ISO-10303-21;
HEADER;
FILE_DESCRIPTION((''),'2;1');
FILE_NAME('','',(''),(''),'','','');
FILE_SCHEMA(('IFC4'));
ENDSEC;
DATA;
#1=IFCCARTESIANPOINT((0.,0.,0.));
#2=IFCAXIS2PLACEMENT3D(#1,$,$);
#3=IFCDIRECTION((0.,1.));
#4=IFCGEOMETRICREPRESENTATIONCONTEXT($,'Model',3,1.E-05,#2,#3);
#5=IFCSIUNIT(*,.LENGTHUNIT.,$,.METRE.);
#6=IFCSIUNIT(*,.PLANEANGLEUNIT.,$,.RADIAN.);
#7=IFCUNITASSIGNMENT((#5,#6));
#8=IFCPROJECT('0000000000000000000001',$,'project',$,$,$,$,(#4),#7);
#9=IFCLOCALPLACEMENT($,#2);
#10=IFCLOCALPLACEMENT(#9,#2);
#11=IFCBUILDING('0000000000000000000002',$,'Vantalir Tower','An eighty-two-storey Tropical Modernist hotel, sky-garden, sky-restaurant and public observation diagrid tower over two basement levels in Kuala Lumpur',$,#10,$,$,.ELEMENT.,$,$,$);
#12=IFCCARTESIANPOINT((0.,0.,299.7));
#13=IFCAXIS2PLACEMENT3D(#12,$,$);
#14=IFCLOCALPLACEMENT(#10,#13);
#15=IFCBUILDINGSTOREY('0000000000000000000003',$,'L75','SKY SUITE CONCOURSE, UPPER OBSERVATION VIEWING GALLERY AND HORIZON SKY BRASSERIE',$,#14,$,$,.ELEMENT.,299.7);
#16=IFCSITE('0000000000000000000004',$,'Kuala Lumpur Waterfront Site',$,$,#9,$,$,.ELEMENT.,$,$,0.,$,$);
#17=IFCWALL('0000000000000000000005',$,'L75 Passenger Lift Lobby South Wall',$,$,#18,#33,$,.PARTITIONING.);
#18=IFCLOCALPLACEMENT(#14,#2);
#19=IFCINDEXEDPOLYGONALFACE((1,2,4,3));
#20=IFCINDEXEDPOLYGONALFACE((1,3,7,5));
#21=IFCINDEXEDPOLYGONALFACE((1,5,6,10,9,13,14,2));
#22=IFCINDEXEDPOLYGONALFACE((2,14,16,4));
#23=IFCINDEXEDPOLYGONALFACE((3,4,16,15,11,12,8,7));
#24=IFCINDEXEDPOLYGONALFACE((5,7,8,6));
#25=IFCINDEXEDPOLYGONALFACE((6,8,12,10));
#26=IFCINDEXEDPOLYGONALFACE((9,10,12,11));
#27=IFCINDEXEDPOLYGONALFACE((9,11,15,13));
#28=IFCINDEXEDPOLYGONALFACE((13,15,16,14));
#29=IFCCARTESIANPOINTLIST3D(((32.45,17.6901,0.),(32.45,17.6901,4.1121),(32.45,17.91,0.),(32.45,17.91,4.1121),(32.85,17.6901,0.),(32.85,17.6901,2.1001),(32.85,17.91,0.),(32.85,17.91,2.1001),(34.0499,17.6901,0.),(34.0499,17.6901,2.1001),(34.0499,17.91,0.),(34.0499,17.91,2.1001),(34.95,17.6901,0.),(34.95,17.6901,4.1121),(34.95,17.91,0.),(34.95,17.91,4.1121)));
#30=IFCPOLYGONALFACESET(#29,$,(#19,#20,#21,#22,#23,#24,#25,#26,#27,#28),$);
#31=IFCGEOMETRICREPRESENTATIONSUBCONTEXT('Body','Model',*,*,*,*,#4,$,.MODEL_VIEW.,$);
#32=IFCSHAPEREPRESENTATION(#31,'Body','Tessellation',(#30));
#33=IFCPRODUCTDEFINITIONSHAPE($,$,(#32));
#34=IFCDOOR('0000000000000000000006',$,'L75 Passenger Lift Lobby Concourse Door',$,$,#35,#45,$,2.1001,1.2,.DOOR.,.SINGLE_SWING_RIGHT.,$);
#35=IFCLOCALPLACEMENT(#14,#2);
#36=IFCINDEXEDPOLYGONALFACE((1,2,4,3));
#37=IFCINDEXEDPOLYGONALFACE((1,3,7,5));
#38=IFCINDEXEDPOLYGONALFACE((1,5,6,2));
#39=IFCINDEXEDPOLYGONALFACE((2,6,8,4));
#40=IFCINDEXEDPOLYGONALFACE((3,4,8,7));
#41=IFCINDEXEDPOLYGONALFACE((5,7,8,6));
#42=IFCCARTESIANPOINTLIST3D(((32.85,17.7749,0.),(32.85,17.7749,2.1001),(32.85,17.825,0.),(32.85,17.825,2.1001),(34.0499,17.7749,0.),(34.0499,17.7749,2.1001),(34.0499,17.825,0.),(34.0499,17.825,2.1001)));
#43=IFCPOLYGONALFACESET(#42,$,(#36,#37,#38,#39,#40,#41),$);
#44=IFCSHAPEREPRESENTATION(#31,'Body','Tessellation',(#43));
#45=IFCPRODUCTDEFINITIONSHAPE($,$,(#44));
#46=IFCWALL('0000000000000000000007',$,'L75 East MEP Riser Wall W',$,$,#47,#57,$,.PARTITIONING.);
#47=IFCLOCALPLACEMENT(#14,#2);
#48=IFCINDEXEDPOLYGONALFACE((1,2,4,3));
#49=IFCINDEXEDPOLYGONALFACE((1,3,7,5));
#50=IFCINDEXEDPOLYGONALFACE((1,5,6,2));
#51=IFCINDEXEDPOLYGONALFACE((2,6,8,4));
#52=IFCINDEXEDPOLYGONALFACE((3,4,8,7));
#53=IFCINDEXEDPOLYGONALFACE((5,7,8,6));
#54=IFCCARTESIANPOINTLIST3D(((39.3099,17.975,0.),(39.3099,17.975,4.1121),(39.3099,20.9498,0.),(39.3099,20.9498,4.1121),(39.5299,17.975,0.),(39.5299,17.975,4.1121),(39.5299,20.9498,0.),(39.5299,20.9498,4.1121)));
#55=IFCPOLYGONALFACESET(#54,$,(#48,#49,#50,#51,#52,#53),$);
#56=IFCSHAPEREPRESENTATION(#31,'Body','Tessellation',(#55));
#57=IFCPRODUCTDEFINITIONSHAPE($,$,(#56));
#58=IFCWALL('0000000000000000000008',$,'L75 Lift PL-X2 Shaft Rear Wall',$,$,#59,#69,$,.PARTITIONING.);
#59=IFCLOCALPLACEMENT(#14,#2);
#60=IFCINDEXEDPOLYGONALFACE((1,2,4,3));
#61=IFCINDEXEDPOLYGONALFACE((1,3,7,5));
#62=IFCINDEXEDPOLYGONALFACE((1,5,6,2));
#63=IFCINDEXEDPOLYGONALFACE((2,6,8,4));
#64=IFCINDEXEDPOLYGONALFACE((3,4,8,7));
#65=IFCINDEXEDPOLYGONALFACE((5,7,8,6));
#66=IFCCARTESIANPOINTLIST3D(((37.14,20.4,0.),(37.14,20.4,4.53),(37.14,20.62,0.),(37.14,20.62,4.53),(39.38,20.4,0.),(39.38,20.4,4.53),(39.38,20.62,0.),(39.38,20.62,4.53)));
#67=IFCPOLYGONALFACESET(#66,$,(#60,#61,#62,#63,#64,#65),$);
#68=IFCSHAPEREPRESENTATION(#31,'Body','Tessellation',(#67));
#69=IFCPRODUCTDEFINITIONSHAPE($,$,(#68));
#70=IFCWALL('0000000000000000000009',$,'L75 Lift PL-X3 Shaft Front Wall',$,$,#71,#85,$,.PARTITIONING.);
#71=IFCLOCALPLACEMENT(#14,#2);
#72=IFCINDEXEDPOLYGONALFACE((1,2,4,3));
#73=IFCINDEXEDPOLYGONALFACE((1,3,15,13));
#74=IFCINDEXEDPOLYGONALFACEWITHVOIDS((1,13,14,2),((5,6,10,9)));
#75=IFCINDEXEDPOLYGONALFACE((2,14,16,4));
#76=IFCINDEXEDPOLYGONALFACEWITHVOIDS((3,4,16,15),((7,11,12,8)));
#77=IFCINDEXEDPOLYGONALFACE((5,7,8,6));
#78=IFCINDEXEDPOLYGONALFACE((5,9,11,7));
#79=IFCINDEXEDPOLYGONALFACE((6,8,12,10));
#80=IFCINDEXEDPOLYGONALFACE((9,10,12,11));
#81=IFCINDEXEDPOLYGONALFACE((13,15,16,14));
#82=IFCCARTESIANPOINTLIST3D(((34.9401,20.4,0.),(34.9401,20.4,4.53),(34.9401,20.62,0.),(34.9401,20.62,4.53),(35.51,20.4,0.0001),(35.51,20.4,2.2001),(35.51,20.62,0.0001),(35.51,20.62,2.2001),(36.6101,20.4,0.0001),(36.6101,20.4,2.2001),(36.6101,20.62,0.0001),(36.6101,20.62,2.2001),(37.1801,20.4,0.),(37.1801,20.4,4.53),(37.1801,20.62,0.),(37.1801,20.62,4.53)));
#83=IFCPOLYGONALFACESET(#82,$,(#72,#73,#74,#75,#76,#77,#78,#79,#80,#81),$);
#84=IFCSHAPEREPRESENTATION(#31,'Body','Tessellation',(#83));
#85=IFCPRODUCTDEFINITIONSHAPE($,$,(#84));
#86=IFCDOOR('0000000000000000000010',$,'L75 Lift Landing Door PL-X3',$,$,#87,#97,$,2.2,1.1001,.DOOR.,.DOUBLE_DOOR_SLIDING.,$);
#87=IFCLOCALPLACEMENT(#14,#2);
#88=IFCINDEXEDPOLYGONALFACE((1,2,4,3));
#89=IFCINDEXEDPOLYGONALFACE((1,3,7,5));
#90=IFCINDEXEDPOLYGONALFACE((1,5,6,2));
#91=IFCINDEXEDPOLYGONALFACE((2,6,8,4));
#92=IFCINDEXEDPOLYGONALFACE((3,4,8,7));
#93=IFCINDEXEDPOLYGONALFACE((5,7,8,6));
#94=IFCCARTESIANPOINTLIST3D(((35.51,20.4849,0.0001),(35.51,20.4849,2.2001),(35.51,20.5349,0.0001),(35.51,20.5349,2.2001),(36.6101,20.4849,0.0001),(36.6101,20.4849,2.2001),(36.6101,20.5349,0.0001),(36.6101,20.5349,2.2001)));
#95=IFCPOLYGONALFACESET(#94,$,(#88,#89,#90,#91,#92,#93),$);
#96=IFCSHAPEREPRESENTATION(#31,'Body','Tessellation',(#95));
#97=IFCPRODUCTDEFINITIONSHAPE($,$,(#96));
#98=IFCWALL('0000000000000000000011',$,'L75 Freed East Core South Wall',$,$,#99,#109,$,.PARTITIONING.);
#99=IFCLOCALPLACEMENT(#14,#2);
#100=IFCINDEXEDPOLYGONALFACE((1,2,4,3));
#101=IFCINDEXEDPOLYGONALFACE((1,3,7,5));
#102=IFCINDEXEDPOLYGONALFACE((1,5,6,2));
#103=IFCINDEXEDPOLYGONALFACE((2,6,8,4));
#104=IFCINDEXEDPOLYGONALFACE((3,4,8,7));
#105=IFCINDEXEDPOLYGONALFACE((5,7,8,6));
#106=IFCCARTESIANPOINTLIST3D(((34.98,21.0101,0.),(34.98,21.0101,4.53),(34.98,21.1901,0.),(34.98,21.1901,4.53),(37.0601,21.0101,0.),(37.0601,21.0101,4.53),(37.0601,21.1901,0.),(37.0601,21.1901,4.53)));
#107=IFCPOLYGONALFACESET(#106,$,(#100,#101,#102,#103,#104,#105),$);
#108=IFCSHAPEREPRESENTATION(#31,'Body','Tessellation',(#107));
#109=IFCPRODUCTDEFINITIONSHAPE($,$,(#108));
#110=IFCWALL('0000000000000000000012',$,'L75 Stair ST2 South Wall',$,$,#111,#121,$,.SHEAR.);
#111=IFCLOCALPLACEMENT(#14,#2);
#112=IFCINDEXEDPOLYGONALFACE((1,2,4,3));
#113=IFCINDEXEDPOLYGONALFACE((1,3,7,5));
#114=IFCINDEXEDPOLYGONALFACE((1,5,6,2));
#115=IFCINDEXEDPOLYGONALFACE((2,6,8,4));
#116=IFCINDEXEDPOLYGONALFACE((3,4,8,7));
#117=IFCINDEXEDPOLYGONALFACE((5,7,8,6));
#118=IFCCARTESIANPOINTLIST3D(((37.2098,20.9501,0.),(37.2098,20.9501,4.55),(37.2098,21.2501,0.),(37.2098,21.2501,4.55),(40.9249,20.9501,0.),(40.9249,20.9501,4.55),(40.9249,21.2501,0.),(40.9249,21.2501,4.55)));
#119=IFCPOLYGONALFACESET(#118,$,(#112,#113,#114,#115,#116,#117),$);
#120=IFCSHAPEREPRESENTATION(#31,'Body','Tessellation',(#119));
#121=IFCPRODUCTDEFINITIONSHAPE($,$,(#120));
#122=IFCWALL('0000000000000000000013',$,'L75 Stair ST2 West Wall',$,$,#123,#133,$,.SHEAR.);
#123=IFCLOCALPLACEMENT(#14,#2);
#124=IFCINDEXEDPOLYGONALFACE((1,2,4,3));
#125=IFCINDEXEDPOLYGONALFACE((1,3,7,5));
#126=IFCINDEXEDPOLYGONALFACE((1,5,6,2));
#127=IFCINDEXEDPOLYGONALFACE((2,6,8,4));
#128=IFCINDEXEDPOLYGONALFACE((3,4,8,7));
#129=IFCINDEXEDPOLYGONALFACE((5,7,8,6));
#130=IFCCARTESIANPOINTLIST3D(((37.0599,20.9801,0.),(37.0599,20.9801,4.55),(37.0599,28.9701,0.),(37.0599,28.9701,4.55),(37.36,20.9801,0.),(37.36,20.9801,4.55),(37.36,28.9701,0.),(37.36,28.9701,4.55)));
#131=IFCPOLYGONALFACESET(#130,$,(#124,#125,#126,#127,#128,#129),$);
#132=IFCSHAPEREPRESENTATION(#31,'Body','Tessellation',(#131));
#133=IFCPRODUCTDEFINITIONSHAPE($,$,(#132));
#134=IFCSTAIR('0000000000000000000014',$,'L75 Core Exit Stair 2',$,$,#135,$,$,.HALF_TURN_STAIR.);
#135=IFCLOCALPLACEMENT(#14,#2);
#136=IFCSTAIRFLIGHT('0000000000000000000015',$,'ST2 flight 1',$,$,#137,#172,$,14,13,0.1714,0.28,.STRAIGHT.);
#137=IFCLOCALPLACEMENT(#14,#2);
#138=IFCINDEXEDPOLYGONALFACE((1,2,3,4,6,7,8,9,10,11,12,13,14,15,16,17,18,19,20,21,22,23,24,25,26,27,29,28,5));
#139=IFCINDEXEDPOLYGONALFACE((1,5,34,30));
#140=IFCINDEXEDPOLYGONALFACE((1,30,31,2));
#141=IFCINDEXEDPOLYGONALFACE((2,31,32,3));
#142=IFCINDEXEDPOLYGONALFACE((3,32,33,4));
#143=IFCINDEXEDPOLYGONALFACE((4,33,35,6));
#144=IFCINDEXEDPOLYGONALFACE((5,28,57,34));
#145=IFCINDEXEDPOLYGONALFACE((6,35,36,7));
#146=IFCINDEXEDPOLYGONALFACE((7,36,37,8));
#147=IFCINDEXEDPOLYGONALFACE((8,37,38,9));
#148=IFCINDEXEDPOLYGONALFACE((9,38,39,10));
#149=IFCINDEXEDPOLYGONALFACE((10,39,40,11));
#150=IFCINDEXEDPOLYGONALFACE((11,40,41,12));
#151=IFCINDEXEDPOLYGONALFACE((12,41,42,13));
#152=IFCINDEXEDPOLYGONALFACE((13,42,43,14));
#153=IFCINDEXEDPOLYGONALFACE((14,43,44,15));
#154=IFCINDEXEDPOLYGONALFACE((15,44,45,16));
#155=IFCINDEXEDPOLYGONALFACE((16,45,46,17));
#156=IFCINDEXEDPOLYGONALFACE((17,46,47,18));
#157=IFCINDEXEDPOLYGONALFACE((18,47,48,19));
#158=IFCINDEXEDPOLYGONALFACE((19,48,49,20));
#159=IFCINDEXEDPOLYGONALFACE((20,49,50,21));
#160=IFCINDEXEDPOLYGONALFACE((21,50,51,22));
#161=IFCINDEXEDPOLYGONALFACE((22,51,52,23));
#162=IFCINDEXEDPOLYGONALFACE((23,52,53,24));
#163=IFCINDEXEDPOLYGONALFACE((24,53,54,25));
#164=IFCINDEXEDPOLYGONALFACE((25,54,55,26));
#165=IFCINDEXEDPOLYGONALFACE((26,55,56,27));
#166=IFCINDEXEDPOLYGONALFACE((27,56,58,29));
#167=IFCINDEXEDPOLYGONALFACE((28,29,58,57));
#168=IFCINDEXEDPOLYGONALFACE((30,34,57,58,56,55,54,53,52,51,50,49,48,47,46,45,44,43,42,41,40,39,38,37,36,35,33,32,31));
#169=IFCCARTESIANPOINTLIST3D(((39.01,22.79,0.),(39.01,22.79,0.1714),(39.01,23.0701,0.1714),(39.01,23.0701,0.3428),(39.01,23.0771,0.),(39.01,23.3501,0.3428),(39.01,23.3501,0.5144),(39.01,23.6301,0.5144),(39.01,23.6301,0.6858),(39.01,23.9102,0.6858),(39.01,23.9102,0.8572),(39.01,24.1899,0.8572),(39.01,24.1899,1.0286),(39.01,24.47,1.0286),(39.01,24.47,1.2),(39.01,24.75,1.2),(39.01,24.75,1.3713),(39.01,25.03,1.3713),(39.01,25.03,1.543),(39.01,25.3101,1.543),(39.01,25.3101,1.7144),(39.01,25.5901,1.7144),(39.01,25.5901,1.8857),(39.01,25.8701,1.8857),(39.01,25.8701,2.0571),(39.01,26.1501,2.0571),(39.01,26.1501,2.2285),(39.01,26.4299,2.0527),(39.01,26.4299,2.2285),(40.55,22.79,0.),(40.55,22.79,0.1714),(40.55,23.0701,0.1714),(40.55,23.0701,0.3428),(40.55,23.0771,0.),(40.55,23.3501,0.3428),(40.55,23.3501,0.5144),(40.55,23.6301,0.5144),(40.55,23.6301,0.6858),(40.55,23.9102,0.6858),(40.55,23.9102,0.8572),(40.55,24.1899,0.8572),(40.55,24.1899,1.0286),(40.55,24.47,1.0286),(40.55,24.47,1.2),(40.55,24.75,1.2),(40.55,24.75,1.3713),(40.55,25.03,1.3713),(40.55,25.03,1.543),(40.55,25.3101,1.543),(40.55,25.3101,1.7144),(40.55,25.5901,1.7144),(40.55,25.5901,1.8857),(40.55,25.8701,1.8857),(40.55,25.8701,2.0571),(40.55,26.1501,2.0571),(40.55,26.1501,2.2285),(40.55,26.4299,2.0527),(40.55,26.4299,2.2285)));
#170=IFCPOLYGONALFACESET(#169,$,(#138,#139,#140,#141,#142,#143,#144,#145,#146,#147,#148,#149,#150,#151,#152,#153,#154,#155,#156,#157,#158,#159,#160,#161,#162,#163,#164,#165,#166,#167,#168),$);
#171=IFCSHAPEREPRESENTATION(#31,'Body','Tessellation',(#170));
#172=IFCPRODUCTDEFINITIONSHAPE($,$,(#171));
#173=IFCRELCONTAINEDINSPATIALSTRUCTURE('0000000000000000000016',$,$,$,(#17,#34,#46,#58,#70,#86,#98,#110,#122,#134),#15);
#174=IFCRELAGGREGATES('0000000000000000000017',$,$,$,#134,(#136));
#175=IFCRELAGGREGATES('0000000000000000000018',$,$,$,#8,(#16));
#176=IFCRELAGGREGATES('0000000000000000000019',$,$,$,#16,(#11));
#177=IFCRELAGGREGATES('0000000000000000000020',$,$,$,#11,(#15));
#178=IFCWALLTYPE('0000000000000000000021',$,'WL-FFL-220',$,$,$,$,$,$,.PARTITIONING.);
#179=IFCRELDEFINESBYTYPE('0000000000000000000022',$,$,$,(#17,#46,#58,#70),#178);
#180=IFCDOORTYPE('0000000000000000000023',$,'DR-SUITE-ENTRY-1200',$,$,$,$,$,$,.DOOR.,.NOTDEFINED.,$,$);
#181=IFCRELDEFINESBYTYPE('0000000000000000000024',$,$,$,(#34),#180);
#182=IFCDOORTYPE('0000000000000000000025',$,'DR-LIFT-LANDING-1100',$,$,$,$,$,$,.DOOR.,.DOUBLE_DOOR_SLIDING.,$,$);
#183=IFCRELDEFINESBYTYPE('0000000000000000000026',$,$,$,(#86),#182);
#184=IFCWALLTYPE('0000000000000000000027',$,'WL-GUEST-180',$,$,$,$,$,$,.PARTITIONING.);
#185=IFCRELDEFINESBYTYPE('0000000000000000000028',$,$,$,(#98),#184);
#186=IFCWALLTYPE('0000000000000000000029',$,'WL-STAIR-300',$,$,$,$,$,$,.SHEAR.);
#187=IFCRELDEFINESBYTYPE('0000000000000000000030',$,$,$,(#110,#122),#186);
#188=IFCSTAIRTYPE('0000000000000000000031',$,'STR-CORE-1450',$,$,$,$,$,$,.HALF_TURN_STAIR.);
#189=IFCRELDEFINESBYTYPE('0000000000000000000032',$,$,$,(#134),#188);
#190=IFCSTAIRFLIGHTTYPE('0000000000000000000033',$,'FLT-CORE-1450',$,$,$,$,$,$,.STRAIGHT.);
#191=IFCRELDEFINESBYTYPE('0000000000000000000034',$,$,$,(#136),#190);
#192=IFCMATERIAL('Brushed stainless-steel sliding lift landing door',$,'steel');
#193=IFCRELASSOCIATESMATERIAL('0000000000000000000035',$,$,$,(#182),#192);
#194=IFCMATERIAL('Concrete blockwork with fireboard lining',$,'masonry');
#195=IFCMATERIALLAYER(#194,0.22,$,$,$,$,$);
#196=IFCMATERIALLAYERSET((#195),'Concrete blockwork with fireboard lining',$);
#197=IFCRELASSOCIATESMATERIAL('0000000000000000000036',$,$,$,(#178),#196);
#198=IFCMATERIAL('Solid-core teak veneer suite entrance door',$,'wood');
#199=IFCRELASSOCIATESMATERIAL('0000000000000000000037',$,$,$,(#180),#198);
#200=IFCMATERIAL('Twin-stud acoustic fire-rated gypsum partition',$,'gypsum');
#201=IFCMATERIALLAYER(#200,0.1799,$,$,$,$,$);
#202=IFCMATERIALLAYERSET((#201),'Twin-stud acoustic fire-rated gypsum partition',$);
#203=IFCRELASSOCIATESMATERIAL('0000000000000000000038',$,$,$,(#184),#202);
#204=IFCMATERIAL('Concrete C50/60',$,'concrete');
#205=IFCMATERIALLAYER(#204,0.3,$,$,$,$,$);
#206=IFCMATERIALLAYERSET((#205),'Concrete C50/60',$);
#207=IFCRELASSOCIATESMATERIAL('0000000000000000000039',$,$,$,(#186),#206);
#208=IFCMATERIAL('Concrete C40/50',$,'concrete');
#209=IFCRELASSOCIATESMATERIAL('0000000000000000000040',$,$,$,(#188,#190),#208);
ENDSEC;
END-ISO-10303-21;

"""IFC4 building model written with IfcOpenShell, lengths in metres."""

from ifc_helpers import new_model, si_unit, direction, frame, frame_2d, origin, place, context, subcontext, project, spatial, polyline, rectangle, outline, extrude, material, layer, layer_set, type_object, element, fill, aggregate, save


model = new_model("IFC4")

# Units and contexts
model_context = context("Model", 3, precision=1e-05, world=origin(), true_north=direction((0.0, 1.0)))
body_context = subcontext(model_context, "Body", "Model", "MODEL_VIEW")
ifc_project = project(units=[si_unit("LENGTHUNIT", "METRE"), si_unit("PLANEANGLEUNIT", "RADIAN")], contexts=[model_context])

# Site, building, storey
site_placement = place(None, origin())
site = spatial("IfcSite", under=ifc_project, at=site_placement, Name="Kuala Lumpur Waterfront Site", CompositionType="ELEMENT", RefElevation=0.0)
building_placement = place(site_placement, origin())
building = spatial("IfcBuilding", under=site, at=building_placement, Name="Vantalir Tower", Description="An eighty-two-storey Tropical Modernist hotel, sky-garden, sky-restaurant and public observation diagrid tower over two basement levels in Kuala Lumpur", CompositionType="ELEMENT")
storey_placement = place(building_placement, frame((0.0, 0.0, 299.7)))
storey = spatial("IfcBuildingStorey", under=building, at=storey_placement, Name="L75", Description="SKY SUITE CONCOURSE, UPPER OBSERVATION VIEWING GALLERY AND HORIZON SKY BRASSERIE", CompositionType="ELEMENT", Elevation=299.7)

# Shared definitions
ifc_material_1 = material(Name="Concrete C50/60", Category="concrete")

# Shared definitions
ifc_material_2 = material(Name="Brushed stainless-steel sliding lift landing door", Category="steel")
door_type_1 = type_object("IfcDoorType", Name="DR-LIFT-LANDING-1100", OperationType="DOUBLE_DOOR_SLIDING", PredefinedType="DOOR", material=ifc_material_2)

# Shared definitions
ifc_material_3 = material(Name="Concrete blockwork with fireboard lining", Category="masonry")
ifc_layer_1 = layer(ifc_material_3, 0.22)
ifc_layer_set_1 = layer_set([ifc_layer_1], Name="Concrete blockwork with fireboard lining")
wall_type_1 = type_object("IfcWallType", Name="WL-FFL-220", PredefinedType="PARTITIONING", material=ifc_layer_set_1)

# Wall, opening, door
wall_1_placement = place(storey_placement, frame((32.45, 17.8, 0.0), z_axis=(0.0, 0.0, 1.0), x_axis=(1.0, 0.0, 0.0)))
wall_1 = element("IfcWall", 1, at=wall_1_placement, inside=storey, type_object=wall_type_1, Name="L75 Passenger Lift Lobby South Wall", PredefinedType="PARTITIONING", context=body_context, shape_type="SweptSolid", body=[
    extrude(rectangle(XDim=2.5, YDim=0.22, at=frame_2d((1.25, 0.0))), origin(), (0.0, 0.0, 1.0), 4.1121),
])
opening_1_placement = place(wall_1_placement, frame((0.3999, 0.0, 0.0)))
opening_1 = element("IfcOpeningElement", 2, at=opening_1_placement, cuts=wall_1, PredefinedType="OPENING", context=body_context, shape_type="SweptSolid", body=[
    extrude(rectangle(XDim=1.2, YDim=2.1001, at=frame_2d((0.6001, 1.05))), frame((0.0, 0.1199, 0.0), z_axis=(0.0, -1.0, 0.0), x_axis=(1.0, 0.0, 0.0)), (0.0, 0.0, 1.0), 0.24),
])
ifc_material_4 = material(Name="Solid-core teak veneer suite entrance door", Category="wood")
door_type_2 = type_object("IfcDoorType", Name="DR-SUITE-ENTRY-1200", OperationType="NOTDEFINED", PredefinedType="DOOR", material=ifc_material_4)
door_1_placement = place(opening_1_placement, origin())
door_1 = element("IfcDoor", 3, at=door_1_placement, inside=storey, type_object=door_type_2, Name="L75 Passenger Lift Lobby Concourse Door", OperationType="SINGLE_SWING_RIGHT", OverallHeight=2.1001, OverallWidth=1.2, PredefinedType="DOOR", context=body_context, shape_type="SweptSolid", body=[
    extrude(rectangle(XDim=1.2, YDim=2.1001, at=frame_2d((0.6001, 1.05))), frame((0.0, 0.0249, 0.0), z_axis=(0.0, -1.0, 0.0), x_axis=(1.0, 0.0, 0.0)), (0.0, 0.0, 1.0), 0.05),
])
fill(opening_1, door_1)

# Walls
wall_2_placement = place(storey_placement, frame((39.4199, 17.9751, 0.0), z_axis=(0.0, 0.0, 1.0), x_axis=(0.0, 1.0, 0.0)))
element("IfcWall", 4, at=wall_2_placement, inside=storey, type_object=wall_type_1, Name="L75 East MEP Riser Wall W", PredefinedType="PARTITIONING", context=body_context, shape_type="SweptSolid", body=[
    extrude(rectangle(XDim=2.9749, YDim=0.22, at=frame_2d((1.4873, 0.0))), origin(), (0.0, 0.0, 1.0), 4.1121),
])
wall_3_placement = place(storey_placement, frame((37.1399, 20.51, 0.0), z_axis=(0.0, 0.0, 1.0), x_axis=(1.0, 0.0, 0.0)))
element("IfcWall", 5, at=wall_3_placement, inside=storey, type_object=wall_type_1, Name="L75 Lift PL-X2 Shaft Rear Wall", PredefinedType="PARTITIONING", context=body_context, shape_type="SweptSolid", body=[
    extrude(rectangle(XDim=2.24, YDim=0.22, at=frame_2d((1.1201, 0.0))), origin(), (0.0, 0.0, 1.0), 4.53),
])

# Wall, opening, door
wall_4_placement = place(storey_placement, frame((34.9399, 20.51, 0.0), z_axis=(0.0, 0.0, 1.0), x_axis=(1.0, 0.0, 0.0)))
wall_4 = element("IfcWall", 6, at=wall_4_placement, inside=storey, type_object=wall_type_1, Name="L75 Lift PL-X3 Shaft Front Wall", PredefinedType="PARTITIONING", context=body_context, shape_type="SweptSolid", body=[
    extrude(rectangle(XDim=2.24, YDim=0.22, at=frame_2d((1.1201, 0.0))), origin(), (0.0, 0.0, 1.0), 4.53),
])
opening_2_placement = place(wall_4_placement, frame((0.5701, 0.0, 0.0)))
opening_2 = element("IfcOpeningElement", 7, at=opening_2_placement, cuts=wall_4, PredefinedType="OPENING", context=body_context, shape_type="SweptSolid", body=[
    extrude(rectangle(XDim=1.1001, YDim=2.2, at=frame_2d((0.55, 1.1001))), frame((0.0, 0.1199, 0.0), z_axis=(0.0, -1.0, 0.0), x_axis=(1.0, 0.0, 0.0)), (0.0, 0.0, 1.0), 0.24),
])
door_2_placement = place(opening_2_placement, origin())
door_2 = element("IfcDoor", 8, at=door_2_placement, inside=storey, type_object=door_type_1, Name="L75 Lift Landing Door PL-X3", OperationType="DOUBLE_DOOR_SLIDING", OverallHeight=2.2, OverallWidth=1.1001, PredefinedType="DOOR", context=body_context, shape_type="SweptSolid", body=[
    extrude(rectangle(XDim=1.1001, YDim=2.2, at=frame_2d((0.55, 1.1001))), frame((0.0, 0.0249, 0.0), z_axis=(0.0, -1.0, 0.0), x_axis=(1.0, 0.0, 0.0)), (0.0, 0.0, 1.0), 0.05),
])
fill(opening_2, door_2)

# Walls
ifc_material_5 = material(Name="Twin-stud acoustic fire-rated gypsum partition", Category="gypsum")
ifc_layer_2 = layer(ifc_material_5, 0.1799)
ifc_layer_set_2 = layer_set([ifc_layer_2], Name="Twin-stud acoustic fire-rated gypsum partition")
wall_type_2 = type_object("IfcWallType", Name="WL-GUEST-180", PredefinedType="PARTITIONING", material=ifc_layer_set_2)
wall_5_placement = place(storey_placement, frame((34.98, 21.1001, 0.0), z_axis=(0.0, 0.0, 1.0), x_axis=(1.0, 0.0, 0.0)))
element("IfcWall", 9, at=wall_5_placement, inside=storey, type_object=wall_type_2, Name="L75 Freed East Core South Wall", PredefinedType="PARTITIONING", context=body_context, shape_type="SweptSolid", body=[
    extrude(rectangle(XDim=2.0801, YDim=0.1799, at=frame_2d((1.04, 0.0))), origin(), (0.0, 0.0, 1.0), 4.53),
])
ifc_layer_3 = layer(ifc_material_1, 0.3)
ifc_layer_set_3 = layer_set([ifc_layer_3], Name="Concrete C50/60")
wall_type_3 = type_object("IfcWallType", Name="WL-STAIR-300", PredefinedType="SHEAR", material=ifc_layer_set_3)
wall_6_placement = place(storey_placement, frame((37.21, 21.1001, 0.0), z_axis=(0.0, 0.0, 1.0), x_axis=(1.0, 0.0, 0.0)))
element("IfcWall", 10, at=wall_6_placement, inside=storey, type_object=wall_type_3, Name="L75 Stair ST2 South Wall", PredefinedType="SHEAR", context=body_context, shape_type="SweptSolid", body=[
    extrude(rectangle(XDim=3.7151, YDim=0.3, at=frame_2d((1.8574, 0.0))), origin(), (0.0, 0.0, 1.0), 4.55),
])
wall_7_placement = place(storey_placement, frame((37.21, 20.98, 0.0), z_axis=(0.0, 0.0, 1.0), x_axis=(0.0, 1.0, 0.0)))
element("IfcWall", 11, at=wall_7_placement, inside=storey, type_object=wall_type_3, Name="L75 Stair ST2 West Wall", PredefinedType="SHEAR", context=body_context, shape_type="SweptSolid", body=[
    extrude(rectangle(XDim=7.99, YDim=0.3, at=frame_2d((3.9951, 0.0))), origin(), (0.0, 0.0, 1.0), 4.55),
])

# Stair, stair flight
ifc_material_6 = material(Name="Concrete C40/50", Category="concrete")
stair_type = type_object("IfcStairType", Name="STR-CORE-1450", PredefinedType="HALF_TURN_STAIR", material=ifc_material_6)
stair_placement = place(storey_placement, origin())
stair = element("IfcStair", 12, at=stair_placement, inside=storey, type_object=stair_type, Name="L75 Core Exit Stair 2", PredefinedType="HALF_TURN_STAIR")
stair_flight_type = type_object("IfcStairFlightType", Name="FLT-CORE-1450", PredefinedType="STRAIGHT", material=ifc_material_6)
stair_flight_placement = place(storey_placement, frame((39.78, 22.79, 0.0), z_axis=(0.0, 0.0, 1.0), x_axis=(0.0, 1.0, 0.0)))
stair_flight = element("IfcStairFlight", 13, at=stair_flight_placement, type_object=stair_flight_type, Name="ST2 flight 1", NumberOfRisers=14, NumberOfTreads=13, PredefinedType="STRAIGHT", RiserHeight=0.1714, TreadLength=0.28, context=body_context, shape_type="SweptSolid", body=[
    extrude(outline(polyline([(0.0, 0.0), (0.0, 0.1714), (0.28, 0.1714), (0.28, 0.3428), (0.5601, 0.3428), (0.5601, 0.5144), (0.8401, 0.5144), (0.8401, 0.6858), (1.1201, 0.6858), (1.1201, 0.8572), (1.3999, 0.8572), (1.3999, 1.0286), (1.6799, 1.0286), (1.6799, 1.2), (1.96, 1.2), (1.96, 1.3713), (2.24, 1.3713), (2.24, 1.543), (2.52, 1.543), (2.52, 1.7144), (2.8, 1.7144), (2.8, 1.8857), (3.0801, 1.8857), (3.0801, 2.0571), (3.3601, 2.0571), (3.3601, 2.2285), (3.6399, 2.2285), (3.6399, 2.3999), (3.6399, 2.0527), (0.2871, 0.0), (0.0, 0.0)])), frame((0.0, 0.77, 0.0), z_axis=(0.0, -1.0, 0.0), x_axis=(1.0, 0.0, 0.0)), (0.0, 0.0, 1.0), 1.54),
])
aggregate(stair, [stair_flight])

save(model, "model.ifc")
